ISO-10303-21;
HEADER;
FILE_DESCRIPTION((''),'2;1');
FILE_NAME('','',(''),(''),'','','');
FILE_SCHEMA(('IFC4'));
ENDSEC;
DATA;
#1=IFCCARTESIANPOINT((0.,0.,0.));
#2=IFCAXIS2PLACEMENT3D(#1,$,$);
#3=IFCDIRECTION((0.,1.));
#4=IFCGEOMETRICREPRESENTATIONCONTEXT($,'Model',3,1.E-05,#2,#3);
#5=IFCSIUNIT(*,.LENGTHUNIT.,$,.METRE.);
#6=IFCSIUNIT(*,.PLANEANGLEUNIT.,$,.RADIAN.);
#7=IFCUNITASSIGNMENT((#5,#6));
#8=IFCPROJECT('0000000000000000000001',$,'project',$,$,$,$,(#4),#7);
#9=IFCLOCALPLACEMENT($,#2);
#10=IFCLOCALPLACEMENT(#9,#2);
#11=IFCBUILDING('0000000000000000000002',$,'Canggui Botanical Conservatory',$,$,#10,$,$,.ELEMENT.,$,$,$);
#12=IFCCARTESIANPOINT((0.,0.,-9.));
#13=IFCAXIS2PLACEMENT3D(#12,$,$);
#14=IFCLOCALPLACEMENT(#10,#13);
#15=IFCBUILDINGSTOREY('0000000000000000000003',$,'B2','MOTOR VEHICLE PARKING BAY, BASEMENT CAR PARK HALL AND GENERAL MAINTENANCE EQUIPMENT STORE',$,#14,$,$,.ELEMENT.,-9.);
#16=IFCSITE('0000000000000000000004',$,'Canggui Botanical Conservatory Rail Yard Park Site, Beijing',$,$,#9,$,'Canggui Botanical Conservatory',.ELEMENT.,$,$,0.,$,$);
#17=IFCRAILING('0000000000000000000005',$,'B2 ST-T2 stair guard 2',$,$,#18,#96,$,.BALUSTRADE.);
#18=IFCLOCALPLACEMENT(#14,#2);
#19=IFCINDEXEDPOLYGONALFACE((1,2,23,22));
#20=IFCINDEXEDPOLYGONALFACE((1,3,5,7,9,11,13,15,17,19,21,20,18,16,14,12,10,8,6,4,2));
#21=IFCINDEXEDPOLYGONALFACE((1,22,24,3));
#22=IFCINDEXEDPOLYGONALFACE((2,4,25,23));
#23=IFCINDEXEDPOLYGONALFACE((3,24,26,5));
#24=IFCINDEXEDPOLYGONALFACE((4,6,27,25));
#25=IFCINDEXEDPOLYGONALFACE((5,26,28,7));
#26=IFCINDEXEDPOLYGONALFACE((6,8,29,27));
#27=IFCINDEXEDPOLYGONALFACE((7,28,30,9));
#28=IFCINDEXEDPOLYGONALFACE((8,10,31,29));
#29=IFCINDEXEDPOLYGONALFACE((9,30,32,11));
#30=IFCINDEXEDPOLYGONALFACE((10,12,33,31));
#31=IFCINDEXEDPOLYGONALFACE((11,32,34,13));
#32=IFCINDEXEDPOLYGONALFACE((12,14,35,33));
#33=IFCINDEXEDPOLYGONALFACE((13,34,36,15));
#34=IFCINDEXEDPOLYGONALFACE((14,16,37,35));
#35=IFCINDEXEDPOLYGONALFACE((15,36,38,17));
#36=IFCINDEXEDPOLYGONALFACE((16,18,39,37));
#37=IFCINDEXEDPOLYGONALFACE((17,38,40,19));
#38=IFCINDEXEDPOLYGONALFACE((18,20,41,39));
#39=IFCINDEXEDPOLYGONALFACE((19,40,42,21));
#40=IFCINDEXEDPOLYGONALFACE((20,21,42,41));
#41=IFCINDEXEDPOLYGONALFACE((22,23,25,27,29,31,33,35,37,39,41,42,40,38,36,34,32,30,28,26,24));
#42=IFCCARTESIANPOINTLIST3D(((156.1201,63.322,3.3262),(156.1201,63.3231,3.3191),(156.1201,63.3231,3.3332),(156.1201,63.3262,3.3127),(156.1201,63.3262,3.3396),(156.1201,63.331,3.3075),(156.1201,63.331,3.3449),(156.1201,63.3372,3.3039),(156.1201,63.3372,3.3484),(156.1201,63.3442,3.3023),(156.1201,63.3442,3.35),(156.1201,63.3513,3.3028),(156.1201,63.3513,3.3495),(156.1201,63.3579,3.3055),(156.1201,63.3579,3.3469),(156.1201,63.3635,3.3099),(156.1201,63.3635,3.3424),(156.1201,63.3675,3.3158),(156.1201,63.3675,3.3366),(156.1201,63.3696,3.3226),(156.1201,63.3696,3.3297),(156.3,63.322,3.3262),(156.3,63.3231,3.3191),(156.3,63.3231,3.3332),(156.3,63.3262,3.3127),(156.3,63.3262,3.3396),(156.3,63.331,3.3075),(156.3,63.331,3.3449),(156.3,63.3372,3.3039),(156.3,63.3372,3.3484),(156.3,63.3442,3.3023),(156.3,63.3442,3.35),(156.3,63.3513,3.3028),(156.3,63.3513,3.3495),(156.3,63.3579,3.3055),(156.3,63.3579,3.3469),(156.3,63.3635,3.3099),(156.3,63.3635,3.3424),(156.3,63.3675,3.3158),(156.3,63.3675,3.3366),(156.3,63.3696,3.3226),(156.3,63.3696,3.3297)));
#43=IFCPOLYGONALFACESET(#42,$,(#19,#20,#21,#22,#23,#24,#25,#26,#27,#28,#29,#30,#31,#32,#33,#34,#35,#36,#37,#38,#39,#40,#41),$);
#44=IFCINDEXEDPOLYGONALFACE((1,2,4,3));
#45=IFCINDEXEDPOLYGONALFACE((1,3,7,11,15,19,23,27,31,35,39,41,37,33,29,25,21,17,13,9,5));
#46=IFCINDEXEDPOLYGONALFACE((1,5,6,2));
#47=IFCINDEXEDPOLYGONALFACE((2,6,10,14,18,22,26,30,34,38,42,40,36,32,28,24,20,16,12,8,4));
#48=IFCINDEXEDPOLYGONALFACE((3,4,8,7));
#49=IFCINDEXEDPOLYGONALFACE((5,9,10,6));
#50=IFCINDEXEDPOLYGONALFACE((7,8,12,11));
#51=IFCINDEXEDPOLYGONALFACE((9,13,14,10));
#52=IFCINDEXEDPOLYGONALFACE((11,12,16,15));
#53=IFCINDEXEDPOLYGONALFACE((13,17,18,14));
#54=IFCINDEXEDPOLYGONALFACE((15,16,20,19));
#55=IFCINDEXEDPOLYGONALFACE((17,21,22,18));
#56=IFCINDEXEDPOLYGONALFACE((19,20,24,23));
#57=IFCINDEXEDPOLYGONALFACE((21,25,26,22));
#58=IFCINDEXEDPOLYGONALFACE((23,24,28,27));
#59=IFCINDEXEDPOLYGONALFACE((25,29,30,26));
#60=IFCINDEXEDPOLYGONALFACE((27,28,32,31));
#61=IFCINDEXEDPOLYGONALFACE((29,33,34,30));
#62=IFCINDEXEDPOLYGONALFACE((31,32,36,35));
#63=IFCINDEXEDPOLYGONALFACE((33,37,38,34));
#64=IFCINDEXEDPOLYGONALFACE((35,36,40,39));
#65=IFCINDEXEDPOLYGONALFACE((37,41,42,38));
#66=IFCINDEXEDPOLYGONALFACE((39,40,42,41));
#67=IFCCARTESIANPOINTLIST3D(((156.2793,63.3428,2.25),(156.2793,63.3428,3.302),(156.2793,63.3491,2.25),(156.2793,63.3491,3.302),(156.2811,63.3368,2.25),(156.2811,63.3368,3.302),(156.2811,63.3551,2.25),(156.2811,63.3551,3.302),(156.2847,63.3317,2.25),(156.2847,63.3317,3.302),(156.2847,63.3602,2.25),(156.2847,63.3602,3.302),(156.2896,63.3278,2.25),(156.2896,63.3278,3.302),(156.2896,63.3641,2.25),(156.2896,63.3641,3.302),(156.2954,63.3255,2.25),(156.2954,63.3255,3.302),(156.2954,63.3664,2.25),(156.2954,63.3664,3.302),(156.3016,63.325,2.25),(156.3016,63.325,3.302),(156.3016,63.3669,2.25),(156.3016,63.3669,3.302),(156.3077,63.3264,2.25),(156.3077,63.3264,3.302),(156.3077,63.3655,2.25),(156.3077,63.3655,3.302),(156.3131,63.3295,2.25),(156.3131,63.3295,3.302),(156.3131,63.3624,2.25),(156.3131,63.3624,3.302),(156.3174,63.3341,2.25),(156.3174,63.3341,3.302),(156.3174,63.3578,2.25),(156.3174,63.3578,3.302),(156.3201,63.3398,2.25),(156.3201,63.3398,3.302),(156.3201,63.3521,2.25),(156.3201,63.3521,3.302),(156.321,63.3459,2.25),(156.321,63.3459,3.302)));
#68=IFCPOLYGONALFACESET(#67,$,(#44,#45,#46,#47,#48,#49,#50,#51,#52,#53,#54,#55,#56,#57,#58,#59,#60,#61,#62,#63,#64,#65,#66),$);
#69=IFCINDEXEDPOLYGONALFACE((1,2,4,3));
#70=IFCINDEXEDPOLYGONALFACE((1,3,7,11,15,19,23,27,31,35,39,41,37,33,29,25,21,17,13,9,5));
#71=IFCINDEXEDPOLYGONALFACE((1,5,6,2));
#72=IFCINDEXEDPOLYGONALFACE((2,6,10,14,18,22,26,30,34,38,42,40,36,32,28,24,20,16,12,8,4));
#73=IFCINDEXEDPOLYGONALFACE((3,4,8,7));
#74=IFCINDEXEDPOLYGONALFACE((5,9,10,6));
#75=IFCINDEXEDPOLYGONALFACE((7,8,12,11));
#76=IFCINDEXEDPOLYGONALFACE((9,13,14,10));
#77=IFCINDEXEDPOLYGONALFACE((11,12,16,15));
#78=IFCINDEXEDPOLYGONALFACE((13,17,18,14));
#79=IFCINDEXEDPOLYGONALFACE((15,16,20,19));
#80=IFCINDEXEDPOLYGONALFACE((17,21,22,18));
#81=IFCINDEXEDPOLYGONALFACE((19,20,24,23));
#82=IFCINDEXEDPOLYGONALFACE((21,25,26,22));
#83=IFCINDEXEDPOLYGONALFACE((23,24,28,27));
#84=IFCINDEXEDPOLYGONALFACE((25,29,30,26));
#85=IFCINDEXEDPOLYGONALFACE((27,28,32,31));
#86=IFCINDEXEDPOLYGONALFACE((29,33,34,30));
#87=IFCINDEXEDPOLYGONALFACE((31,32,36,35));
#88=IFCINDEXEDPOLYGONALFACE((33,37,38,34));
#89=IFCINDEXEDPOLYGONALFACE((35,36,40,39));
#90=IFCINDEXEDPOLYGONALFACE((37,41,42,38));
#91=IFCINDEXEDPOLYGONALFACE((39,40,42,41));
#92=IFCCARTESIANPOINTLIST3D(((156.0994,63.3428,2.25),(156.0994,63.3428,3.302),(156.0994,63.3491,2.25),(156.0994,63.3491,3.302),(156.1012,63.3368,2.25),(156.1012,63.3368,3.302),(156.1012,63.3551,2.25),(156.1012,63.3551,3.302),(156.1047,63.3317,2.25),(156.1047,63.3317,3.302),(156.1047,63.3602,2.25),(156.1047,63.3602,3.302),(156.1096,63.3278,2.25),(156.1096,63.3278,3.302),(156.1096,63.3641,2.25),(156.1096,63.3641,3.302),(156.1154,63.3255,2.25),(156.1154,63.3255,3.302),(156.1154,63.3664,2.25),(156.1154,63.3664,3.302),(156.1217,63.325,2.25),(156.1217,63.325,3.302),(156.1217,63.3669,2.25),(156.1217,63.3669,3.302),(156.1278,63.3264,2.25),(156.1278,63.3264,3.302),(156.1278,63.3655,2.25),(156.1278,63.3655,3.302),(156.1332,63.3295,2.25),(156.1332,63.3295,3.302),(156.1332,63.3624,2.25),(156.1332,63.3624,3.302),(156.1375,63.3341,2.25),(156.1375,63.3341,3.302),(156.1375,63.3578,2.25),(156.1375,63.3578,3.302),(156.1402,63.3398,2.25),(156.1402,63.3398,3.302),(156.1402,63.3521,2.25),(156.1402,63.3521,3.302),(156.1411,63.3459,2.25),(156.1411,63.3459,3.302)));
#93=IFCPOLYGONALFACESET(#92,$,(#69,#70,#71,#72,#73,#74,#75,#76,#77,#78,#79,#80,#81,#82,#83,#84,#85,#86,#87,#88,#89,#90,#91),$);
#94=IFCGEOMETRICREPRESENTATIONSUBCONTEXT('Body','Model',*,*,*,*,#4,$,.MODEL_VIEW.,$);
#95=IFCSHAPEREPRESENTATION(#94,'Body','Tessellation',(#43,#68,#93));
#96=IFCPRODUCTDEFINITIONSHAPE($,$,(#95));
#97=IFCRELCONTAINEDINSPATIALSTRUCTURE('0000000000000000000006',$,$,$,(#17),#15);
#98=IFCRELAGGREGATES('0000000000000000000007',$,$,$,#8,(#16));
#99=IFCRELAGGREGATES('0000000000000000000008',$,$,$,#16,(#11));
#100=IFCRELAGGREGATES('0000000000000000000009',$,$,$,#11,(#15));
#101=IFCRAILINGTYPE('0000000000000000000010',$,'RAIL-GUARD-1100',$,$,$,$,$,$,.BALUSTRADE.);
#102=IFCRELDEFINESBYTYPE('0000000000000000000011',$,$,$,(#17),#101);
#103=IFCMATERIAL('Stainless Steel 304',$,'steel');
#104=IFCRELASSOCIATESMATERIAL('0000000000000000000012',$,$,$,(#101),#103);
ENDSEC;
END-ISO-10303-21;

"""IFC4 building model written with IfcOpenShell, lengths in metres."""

from ifc_helpers import new_model, si_unit, direction, frame, origin, origin_2d, place, context, subcontext, project, spatial, circle, extrude, material, type_object, element, save


model = new_model("IFC4")

# Units and contexts
model_context = context("Model", 3, precision=1e-05, world=origin(), true_north=direction((0.0, 1.0)))
body_context = subcontext(model_context, "Body", "Model", "MODEL_VIEW")
ifc_project = project(units=[si_unit("LENGTHUNIT", "METRE"), si_unit("PLANEANGLEUNIT", "RADIAN")], contexts=[model_context])

# Site, building, storey
site_placement = place(None, origin())
site = spatial("IfcSite", under=ifc_project, at=site_placement, Name="Canggui Botanical Conservatory Rail Yard Park Site, Beijing", LongName="Canggui Botanical Conservatory", CompositionType="ELEMENT", RefElevation=0.0)
building_placement = place(site_placement, origin())
building = spatial("IfcBuilding", under=site, at=building_placement, Name="Canggui Botanical Conservatory", CompositionType="ELEMENT")
storey_placement = place(building_placement, frame((0.0, 0.0, -9.0)))
storey = spatial("IfcBuildingStorey", under=building, at=storey_placement, Name="B2", Description="MOTOR VEHICLE PARKING BAY, BASEMENT CAR PARK HALL AND GENERAL MAINTENANCE EQUIPMENT STORE", CompositionType="ELEMENT", Elevation=-9.0)

# Railing
ifc_material_1 = material(Name="Stainless Steel 304", Category="steel")
railing_type_1 = type_object("IfcRailingType", Name="RAIL-GUARD-1100", PredefinedType="BALUSTRADE", material=ifc_material_1)
railing_1_placement = place(storey_placement, frame((156.3, 63.3459, 2.25)))
element("IfcRailing", 1, at=railing_1_placement, inside=storey, type_object=railing_type_1, Name="B2 ST-T2 stair guard 2", PredefinedType="BALUSTRADE", context=body_context, shape_type="SweptSolid", body=[
    extrude(circle(Radius=0.0239, at=origin_2d()), frame((0.0, 0.0, 1.0762), z_axis=(-1.0, 0.0, 0.0), x_axis=(0.0, -1.0, 0.0)), (0.0, 0.0, 1.0), 0.1799),
    extrude(circle(Radius=0.021, at=origin_2d()), origin(), (0.0, 0.0, 1.0), 1.052),
    extrude(circle(Radius=0.021, at=origin_2d()), frame((-0.1799, 0.0, 0.0)), (0.0, 0.0, 1.0), 1.052),
])

save(model, "model.ifc")
